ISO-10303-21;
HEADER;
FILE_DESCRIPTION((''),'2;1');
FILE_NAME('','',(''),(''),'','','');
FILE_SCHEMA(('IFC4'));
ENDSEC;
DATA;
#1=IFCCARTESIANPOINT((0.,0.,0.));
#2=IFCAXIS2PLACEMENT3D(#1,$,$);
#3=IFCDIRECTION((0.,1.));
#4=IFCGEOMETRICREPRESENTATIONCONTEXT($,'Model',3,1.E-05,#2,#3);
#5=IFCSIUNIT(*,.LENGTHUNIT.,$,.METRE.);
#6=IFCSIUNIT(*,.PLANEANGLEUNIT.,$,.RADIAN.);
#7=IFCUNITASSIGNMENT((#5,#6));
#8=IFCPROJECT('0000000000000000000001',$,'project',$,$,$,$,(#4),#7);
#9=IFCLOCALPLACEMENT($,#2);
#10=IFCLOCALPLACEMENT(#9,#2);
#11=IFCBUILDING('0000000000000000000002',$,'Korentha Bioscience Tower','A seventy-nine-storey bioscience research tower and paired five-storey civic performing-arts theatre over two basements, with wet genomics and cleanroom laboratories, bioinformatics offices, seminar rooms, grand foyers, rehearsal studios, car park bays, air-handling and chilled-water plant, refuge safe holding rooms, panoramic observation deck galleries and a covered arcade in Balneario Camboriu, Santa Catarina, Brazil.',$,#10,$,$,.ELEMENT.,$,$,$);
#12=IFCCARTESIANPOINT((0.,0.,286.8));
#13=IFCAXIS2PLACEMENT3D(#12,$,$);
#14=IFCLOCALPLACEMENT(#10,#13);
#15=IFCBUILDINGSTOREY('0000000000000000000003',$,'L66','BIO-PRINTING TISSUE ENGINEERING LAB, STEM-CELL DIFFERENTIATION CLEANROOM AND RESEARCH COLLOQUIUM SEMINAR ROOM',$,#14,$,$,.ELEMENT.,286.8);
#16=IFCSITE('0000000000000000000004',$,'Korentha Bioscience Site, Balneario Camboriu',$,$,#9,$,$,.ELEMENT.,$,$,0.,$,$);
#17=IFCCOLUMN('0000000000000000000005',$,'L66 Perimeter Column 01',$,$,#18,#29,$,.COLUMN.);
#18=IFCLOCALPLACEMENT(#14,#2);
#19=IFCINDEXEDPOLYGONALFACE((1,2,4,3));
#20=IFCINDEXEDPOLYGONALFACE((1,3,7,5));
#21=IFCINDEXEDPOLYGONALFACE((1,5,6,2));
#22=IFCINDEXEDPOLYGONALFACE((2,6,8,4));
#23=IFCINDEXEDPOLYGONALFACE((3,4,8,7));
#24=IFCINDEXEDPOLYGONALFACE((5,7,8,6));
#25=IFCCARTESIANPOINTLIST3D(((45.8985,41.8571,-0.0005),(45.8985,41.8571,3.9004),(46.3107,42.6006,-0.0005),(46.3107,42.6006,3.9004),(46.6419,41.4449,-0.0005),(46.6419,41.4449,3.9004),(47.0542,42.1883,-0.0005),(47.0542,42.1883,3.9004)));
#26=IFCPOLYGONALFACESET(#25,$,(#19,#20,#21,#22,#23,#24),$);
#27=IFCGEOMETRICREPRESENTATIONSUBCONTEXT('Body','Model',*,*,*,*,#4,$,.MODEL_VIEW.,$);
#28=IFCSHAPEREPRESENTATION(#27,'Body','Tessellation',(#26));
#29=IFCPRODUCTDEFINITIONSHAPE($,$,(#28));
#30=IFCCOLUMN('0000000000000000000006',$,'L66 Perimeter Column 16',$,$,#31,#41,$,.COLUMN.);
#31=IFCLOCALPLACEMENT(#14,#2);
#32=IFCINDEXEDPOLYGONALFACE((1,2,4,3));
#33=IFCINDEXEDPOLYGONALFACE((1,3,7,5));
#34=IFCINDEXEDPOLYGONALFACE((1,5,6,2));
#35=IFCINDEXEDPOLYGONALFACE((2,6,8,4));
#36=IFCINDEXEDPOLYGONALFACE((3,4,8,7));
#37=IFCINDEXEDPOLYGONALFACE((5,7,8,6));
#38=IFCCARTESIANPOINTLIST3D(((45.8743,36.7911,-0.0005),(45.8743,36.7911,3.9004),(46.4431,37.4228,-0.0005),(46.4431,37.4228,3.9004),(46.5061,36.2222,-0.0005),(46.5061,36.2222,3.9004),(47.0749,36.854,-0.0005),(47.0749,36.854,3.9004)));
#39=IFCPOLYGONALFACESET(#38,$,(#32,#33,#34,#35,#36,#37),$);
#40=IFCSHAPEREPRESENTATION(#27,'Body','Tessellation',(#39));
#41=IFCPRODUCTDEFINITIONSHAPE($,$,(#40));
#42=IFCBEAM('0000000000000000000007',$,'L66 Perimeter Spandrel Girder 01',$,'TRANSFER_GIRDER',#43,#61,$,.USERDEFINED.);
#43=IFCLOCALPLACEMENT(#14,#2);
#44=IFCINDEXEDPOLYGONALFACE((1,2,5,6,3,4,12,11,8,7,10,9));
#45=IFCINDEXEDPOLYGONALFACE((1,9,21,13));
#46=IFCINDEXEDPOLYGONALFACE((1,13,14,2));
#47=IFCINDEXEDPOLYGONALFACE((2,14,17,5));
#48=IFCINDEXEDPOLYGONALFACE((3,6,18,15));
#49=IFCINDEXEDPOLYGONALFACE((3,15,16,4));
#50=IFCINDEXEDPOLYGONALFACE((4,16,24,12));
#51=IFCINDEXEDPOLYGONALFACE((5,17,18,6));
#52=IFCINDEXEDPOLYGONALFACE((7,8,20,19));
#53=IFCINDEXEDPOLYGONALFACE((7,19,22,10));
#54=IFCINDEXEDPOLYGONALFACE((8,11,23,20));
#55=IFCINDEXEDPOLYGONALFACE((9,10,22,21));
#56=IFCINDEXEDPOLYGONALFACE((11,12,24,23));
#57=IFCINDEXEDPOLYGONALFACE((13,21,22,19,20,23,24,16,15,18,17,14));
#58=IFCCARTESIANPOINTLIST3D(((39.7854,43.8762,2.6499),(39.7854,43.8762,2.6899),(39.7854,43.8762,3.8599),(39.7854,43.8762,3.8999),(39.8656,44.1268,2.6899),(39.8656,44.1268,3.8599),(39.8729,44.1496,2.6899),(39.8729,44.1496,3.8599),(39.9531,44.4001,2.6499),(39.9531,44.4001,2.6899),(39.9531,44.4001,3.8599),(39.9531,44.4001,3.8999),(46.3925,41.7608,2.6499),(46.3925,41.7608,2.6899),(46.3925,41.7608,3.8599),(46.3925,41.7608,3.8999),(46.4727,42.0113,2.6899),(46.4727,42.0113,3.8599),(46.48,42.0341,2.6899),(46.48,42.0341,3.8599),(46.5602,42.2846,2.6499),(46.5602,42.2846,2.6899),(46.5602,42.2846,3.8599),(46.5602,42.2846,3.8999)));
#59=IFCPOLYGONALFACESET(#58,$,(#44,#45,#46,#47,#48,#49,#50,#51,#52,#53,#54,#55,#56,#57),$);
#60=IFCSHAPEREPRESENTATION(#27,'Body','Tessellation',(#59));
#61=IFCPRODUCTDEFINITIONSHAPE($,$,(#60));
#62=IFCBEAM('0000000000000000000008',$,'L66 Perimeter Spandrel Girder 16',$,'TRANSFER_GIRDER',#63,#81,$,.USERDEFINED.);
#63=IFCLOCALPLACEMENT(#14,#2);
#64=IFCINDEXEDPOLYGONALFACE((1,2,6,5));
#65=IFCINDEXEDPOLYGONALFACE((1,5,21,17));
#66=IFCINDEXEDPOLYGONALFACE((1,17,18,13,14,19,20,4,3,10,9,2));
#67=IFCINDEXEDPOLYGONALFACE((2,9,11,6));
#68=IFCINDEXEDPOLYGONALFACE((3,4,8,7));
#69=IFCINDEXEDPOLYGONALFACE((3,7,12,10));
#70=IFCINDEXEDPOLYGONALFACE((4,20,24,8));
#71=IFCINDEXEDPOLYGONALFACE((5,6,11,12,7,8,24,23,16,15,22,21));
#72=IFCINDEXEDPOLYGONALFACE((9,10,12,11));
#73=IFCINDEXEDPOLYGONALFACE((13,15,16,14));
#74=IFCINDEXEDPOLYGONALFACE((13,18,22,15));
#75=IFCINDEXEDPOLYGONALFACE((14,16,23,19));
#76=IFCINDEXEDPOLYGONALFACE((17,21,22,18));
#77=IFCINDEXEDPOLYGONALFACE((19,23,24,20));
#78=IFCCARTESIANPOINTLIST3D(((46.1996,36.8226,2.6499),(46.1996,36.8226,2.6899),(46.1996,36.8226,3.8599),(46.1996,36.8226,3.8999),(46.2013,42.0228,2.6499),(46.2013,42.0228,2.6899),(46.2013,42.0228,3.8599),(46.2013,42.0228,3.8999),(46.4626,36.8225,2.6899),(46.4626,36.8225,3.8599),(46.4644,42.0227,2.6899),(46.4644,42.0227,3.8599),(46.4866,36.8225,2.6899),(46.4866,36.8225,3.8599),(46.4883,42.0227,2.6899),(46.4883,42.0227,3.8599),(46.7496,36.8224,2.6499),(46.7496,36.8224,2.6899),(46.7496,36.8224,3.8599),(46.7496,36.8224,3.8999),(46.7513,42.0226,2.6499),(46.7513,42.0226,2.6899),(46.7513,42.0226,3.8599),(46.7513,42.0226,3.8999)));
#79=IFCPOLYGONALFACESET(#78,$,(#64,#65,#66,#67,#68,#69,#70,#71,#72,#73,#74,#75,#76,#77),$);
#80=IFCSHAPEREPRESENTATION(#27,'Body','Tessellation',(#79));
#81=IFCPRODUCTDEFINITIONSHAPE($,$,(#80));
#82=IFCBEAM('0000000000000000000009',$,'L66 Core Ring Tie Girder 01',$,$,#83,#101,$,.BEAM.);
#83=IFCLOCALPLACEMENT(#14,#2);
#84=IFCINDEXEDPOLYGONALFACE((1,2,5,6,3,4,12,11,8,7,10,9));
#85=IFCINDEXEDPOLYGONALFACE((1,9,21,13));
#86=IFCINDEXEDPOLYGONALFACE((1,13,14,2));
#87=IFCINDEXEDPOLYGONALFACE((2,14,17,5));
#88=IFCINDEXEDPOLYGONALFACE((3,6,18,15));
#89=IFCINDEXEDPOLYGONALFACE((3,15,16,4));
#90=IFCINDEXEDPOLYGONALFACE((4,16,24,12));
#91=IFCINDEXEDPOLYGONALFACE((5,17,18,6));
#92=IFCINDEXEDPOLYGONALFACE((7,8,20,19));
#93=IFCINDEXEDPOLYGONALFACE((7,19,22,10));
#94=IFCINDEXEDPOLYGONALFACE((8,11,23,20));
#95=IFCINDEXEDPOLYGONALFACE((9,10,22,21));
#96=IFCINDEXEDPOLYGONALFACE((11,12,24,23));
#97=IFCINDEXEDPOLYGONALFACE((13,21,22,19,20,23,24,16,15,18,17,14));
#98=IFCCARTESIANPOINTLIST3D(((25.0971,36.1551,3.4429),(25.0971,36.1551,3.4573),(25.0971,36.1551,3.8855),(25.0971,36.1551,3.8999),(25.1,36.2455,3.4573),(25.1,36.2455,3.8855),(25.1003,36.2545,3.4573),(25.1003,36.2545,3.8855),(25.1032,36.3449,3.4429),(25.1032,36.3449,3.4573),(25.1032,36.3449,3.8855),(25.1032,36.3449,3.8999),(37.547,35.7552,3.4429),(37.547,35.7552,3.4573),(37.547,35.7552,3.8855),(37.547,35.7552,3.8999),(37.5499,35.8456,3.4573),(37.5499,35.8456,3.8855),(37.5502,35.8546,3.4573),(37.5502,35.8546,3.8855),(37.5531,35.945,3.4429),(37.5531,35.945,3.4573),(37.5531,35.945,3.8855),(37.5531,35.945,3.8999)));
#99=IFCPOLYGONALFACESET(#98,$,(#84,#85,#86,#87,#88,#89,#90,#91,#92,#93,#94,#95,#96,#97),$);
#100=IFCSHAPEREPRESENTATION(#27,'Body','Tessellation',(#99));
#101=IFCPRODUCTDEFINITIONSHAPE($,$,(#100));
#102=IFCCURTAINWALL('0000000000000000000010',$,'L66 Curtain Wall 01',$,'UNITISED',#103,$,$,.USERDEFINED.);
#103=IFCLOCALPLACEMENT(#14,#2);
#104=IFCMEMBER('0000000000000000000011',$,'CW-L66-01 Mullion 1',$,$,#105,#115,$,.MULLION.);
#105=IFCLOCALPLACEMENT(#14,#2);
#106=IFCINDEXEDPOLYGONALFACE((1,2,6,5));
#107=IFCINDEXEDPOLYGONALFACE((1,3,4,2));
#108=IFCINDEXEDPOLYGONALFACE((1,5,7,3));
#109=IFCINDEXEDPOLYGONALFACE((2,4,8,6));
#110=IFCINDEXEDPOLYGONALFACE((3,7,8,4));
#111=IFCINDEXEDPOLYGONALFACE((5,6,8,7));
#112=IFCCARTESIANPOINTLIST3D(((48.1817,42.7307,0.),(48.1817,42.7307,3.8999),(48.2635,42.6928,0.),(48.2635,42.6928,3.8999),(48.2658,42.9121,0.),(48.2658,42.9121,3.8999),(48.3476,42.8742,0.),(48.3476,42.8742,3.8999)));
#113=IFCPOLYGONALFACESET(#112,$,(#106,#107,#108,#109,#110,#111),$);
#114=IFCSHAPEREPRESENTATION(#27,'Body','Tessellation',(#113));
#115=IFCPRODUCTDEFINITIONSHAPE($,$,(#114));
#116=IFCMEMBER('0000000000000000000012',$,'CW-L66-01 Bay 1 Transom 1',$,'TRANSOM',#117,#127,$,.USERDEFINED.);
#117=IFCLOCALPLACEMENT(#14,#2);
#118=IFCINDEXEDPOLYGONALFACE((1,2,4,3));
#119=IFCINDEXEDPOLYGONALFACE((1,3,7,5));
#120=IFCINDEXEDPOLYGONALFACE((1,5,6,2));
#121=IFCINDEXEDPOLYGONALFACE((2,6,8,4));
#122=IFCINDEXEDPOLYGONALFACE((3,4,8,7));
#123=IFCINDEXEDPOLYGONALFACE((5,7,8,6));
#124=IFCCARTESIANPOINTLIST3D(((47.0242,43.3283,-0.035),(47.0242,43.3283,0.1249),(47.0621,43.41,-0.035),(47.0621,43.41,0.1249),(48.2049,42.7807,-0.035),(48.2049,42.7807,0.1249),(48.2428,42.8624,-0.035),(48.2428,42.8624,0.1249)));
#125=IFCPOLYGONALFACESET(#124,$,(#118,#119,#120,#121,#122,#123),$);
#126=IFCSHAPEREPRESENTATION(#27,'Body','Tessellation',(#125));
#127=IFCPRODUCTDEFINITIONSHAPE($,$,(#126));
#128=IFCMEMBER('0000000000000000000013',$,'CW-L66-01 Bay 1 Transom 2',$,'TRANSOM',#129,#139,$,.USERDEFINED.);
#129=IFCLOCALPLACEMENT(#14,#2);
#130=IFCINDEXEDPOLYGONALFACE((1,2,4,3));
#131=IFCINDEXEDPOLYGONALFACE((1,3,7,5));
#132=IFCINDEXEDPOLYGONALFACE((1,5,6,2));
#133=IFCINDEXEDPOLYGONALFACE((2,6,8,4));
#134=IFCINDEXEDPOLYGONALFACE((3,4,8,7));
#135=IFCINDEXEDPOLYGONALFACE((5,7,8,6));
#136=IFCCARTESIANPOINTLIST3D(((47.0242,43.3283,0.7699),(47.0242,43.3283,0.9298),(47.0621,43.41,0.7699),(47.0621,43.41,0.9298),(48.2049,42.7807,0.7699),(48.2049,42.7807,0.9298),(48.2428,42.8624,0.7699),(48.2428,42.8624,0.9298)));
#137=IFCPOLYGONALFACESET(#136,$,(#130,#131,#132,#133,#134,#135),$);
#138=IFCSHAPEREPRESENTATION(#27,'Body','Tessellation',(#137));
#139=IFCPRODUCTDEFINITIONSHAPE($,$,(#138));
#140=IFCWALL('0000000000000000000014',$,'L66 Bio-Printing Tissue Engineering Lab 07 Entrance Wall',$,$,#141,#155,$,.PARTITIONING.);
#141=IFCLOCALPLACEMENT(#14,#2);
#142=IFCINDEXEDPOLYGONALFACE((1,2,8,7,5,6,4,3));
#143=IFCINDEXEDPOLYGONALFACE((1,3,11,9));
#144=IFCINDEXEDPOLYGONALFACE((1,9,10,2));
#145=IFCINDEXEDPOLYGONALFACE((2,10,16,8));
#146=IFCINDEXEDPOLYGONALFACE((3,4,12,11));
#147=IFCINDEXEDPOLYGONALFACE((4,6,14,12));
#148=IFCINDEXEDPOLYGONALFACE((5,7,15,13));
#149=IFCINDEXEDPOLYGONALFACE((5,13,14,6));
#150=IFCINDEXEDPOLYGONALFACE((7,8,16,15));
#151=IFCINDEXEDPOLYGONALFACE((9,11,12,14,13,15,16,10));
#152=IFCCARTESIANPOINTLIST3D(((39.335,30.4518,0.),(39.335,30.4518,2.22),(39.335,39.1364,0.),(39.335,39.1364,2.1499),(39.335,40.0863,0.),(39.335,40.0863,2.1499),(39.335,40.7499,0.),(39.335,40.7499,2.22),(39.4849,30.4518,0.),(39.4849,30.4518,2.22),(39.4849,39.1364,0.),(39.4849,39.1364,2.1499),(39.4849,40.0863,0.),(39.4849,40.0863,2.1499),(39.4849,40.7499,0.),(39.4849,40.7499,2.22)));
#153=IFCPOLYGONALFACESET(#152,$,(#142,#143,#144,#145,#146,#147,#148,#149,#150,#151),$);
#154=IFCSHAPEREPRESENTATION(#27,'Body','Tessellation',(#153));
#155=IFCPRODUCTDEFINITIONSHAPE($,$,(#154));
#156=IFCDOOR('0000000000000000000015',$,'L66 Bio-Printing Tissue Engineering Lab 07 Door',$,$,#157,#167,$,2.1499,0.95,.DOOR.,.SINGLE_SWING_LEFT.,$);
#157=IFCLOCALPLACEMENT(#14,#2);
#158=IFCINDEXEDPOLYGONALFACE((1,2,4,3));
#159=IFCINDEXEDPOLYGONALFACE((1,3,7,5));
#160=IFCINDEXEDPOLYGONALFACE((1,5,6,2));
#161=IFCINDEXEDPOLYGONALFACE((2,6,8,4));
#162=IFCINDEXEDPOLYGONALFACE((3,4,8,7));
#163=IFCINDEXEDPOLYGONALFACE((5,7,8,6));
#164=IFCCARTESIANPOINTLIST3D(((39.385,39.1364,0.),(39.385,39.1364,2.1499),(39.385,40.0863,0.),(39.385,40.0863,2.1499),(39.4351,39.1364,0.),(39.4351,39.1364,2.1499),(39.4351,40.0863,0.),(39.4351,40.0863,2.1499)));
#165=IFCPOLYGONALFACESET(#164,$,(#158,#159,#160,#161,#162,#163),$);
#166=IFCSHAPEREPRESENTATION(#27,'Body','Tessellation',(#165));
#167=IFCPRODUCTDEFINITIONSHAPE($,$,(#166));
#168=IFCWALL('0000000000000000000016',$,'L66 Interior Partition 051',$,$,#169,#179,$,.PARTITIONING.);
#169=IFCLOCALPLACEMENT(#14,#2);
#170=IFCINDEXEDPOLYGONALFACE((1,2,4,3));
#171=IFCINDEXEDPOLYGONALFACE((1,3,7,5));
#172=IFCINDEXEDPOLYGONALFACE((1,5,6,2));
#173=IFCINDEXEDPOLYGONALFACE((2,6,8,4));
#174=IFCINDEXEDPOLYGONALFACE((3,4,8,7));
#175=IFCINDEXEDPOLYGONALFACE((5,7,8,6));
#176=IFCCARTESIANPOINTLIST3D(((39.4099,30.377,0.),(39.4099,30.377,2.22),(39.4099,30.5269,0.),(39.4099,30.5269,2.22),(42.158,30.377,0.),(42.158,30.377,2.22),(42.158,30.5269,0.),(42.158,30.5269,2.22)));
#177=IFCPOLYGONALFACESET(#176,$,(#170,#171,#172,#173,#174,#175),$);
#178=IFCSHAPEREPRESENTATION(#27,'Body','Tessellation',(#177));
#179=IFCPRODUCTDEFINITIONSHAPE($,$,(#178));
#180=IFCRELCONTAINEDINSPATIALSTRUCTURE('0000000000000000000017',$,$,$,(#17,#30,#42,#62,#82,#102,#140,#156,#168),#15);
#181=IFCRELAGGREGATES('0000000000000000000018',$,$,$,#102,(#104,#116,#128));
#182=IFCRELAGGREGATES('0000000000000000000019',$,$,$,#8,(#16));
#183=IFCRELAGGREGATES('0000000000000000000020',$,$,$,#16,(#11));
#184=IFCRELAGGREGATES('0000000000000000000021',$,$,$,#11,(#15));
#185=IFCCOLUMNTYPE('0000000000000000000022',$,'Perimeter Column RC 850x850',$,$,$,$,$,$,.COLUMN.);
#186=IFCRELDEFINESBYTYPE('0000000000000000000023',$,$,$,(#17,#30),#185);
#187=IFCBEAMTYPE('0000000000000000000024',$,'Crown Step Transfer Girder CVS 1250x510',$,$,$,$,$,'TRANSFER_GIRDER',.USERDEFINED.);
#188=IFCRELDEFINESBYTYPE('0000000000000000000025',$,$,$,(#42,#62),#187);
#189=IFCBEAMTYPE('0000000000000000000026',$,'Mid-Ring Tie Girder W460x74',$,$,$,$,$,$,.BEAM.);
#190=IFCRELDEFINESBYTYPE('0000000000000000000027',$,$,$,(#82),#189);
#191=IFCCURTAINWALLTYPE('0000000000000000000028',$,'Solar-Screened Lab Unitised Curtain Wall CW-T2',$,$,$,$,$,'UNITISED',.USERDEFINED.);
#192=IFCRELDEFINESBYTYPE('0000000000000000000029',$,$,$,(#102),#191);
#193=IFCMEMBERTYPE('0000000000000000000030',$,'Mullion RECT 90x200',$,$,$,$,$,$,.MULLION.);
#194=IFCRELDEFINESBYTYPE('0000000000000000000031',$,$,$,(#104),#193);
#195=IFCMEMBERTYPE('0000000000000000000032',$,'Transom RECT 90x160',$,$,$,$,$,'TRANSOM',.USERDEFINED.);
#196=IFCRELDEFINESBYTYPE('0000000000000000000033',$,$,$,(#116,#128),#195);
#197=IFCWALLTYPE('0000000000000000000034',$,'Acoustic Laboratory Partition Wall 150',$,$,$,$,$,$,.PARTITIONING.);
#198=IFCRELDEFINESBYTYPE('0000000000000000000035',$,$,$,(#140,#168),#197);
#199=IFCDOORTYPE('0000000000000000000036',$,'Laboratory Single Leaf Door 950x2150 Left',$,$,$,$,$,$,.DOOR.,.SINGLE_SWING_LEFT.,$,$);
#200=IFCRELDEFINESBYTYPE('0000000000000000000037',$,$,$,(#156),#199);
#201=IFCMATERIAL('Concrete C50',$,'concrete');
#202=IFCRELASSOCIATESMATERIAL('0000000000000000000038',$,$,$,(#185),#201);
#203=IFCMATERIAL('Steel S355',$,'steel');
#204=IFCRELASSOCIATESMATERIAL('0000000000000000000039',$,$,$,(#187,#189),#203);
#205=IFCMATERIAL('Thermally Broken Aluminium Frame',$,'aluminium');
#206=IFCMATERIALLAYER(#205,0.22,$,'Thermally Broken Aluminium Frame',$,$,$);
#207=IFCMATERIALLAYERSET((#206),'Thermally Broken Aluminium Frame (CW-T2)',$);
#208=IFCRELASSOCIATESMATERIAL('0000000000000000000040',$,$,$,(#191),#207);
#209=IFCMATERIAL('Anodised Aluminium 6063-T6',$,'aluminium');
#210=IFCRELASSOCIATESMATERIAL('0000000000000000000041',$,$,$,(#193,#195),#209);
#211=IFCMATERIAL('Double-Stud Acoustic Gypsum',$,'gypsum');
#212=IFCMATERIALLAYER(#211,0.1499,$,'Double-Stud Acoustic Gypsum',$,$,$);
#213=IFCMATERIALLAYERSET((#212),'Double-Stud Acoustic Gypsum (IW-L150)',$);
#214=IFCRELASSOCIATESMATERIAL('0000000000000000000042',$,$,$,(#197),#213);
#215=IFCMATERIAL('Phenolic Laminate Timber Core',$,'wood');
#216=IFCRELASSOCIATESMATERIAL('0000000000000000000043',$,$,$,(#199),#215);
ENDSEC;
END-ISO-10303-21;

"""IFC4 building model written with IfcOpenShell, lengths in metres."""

from ifc_helpers import new_model, si_unit, direction, frame, frame_2d, origin, origin_2d, place, context, subcontext, project, spatial, rectangle, i_section, extrude, material, layer, layer_set, material_profile, profile_set, type_object, element, fill, aggregate, save


model = new_model("IFC4")

# Units and contexts
model_context = context("Model", 3, precision=1e-05, world=origin(), true_north=direction((0.0, 1.0)))
body_context = subcontext(model_context, "Body", "Model", "MODEL_VIEW")
ifc_project = project(units=[si_unit("LENGTHUNIT", "METRE"), si_unit("PLANEANGLEUNIT", "RADIAN")], contexts=[model_context])

# Site, building, storey
site_placement = place(None, origin())
site = spatial("IfcSite", under=ifc_project, at=site_placement, Name="Korentha Bioscience Site, Balneario Camboriu", CompositionType="ELEMENT", RefElevation=0.0)
building_placement = place(site_placement, origin())
building = spatial("IfcBuilding", under=site, at=building_placement, Name="Korentha Bioscience Tower", Description="A seventy-nine-storey bioscience research tower and paired five-storey civic performing-arts theatre over two basements, with wet genomics and cleanroom laboratories, bioinformatics offices, seminar rooms, grand foyers, rehearsal studios, car park bays, air-handling and chilled-water plant, refuge safe holding rooms, panoramic observation deck galleries and a covered arcade in Balneario Camboriu, Santa Catarina, Brazil.", CompositionType="ELEMENT")
storey_placement = place(building_placement, frame((0.0, 0.0, 286.8)))
storey = spatial("IfcBuildingStorey", under=building, at=storey_placement, Name="L66", Description="BIO-PRINTING TISSUE ENGINEERING LAB, STEM-CELL DIFFERENTIATION CLEANROOM AND RESEARCH COLLOQUIUM SEMINAR ROOM", CompositionType="ELEMENT", Elevation=286.8)

# Columns
ifc_material_1 = material(Name="Concrete C50", Category="concrete")
ifc_material_profile_1 = material_profile(ifc_material_1, rectangle(XDim=0.8501, YDim=0.8501, at=origin_2d()), Name="Concrete C50")
ifc_profile_set_1 = profile_set([ifc_material_profile_1], Name="Concrete C50 (COL-P08)")
column_type = type_object("IfcColumnType", Name="Perimeter Column RC 850x850", PredefinedType="COLUMN", material=ifc_profile_set_1)
for number, where, z_axis, x_axis, name in (
    (1, (46.4763, 42.0227, -0.0005), (0.0, 0.0, 1.0), (-0.874535, 0.484962, 0.0), "L66 Perimeter Column 01"),
    (2, (46.4746, 36.8225, -0.0005), (0.0, 0.0, 1.0), (0.669131, 0.743145, 0.0), "L66 Perimeter Column 16"),
):
    element("IfcColumn", number, at=place(storey_placement, frame(where, z_axis=z_axis, x_axis=x_axis)), inside=storey, type_object=column_type, Name=name, PredefinedType="COLUMN", context=body_context, shape_type="SweptSolid", body=[
        extrude(rectangle(XDim=0.8501, YDim=0.8501, at=origin_2d()), origin(), (0.0, 0.0, 1.0), 3.9009),
    ])

# Beams
ifc_material_2 = material(Name="Steel S355", Category="steel")
ifc_material_profile_2 = material_profile(ifc_material_2, i_section(OverallWidth=0.55, OverallDepth=1.25, WebThickness=0.0239, FlangeThickness=0.04, at=origin_2d()), Name="Steel S355")
ifc_profile_set_2 = profile_set([ifc_material_profile_2], Name="Steel S355 (TG-03)")
beam_type_1 = type_object("IfcBeamType", Name="Crown Step Transfer Girder CVS 1250x510", ElementType="TRANSFER_GIRDER", PredefinedType="USERDEFINED", material=ifc_profile_set_2)
beam_1_placement = place(storey_placement, frame((46.4763, 42.0227, 3.2749), z_axis=(-0.952375, 0.30493, 0.0), x_axis=(-0.30493, -0.952375, 0.0)))
element("IfcBeam", 3, at=beam_1_placement, inside=storey, type_object=beam_type_1, Name="L66 Perimeter Spandrel Girder 01", ObjectType="TRANSFER_GIRDER", PredefinedType="USERDEFINED", context=body_context, shape_type="SweptSolid", body=[
    extrude(i_section(OverallWidth=0.55, OverallDepth=1.25, WebThickness=0.0239, FlangeThickness=0.04, at=origin_2d()), origin(), (0.0, 0.0, 1.0), 6.9375),
])
beam_2_placement = place(storey_placement, frame((46.4746, 36.8225, 3.2749), z_axis=(0.000329, 1.0, 0.0), x_axis=(-1.0, 0.000329, 0.0)))
element("IfcBeam", 4, at=beam_2_placement, inside=storey, type_object=beam_type_1, Name="L66 Perimeter Spandrel Girder 16", ObjectType="TRANSFER_GIRDER", PredefinedType="USERDEFINED", context=body_context, shape_type="SweptSolid", body=[
    extrude(i_section(OverallWidth=0.55, OverallDepth=1.25, WebThickness=0.0239, FlangeThickness=0.04, at=origin_2d()), origin(), (0.0, 0.0, 1.0), 5.2002),
])
ifc_material_profile_3 = material_profile(ifc_material_2, i_section(OverallWidth=0.1899, OverallDepth=0.457, WebThickness=0.009, FlangeThickness=0.0144, at=origin_2d()), Name="Steel S355")
ifc_profile_set_3 = profile_set([ifc_material_profile_3], Name="Steel S355 (MB-460)")
beam_type_2 = type_object("IfcBeamType", Name="Mid-Ring Tie Girder W460x74", PredefinedType="BEAM", material=ifc_profile_set_3)
beam_3_placement = place(storey_placement, frame((37.55, 35.8501, 3.6714), z_axis=(-0.999485, 0.032104, 0.0), x_axis=(-0.032104, -0.999485, 0.0)))
element("IfcBeam", 5, at=beam_3_placement, inside=storey, type_object=beam_type_2, Name="L66 Core Ring Tie Girder 01", PredefinedType="BEAM", context=body_context, shape_type="SweptSolid", body=[
    extrude(i_section(OverallWidth=0.1899, OverallDepth=0.457, WebThickness=0.009, FlangeThickness=0.0144, at=origin_2d()), origin(), (0.0, 0.0, 1.0), 12.4563),
])

# Curtain wall, members
ifc_material_3 = material(Name="Thermally Broken Aluminium Frame", Category="aluminium")
ifc_layer_1 = layer(ifc_material_3, 0.22, Name="Thermally Broken Aluminium Frame")
ifc_layer_set_1 = layer_set([ifc_layer_1], Name="Thermally Broken Aluminium Frame (CW-T2)")
curtain_wall_type = type_object("IfcCurtainWallType", Name="Solar-Screened Lab Unitised Curtain Wall CW-T2", ElementType="UNITISED", PredefinedType="USERDEFINED", material=ifc_layer_set_1)
curtain_wall_placement = place(storey_placement, origin())
curtain_wall = element("IfcCurtainWall", 6, at=curtain_wall_placement, inside=storey, type_object=curtain_wall_type, Name="L66 Curtain Wall 01", ObjectType="UNITISED", PredefinedType="USERDEFINED")
ifc_material_4 = material(Name="Anodised Aluminium 6063-T6", Category="aluminium")
ifc_material_profile_4 = material_profile(ifc_material_4, rectangle(XDim=0.0901, YDim=0.2, at=origin_2d()), Name="Anodised Aluminium 6063-T6")
ifc_profile_set_4 = profile_set([ifc_material_profile_4], Name="Anodised Aluminium 6063-T6 (CW-MUL)")
member_type_1 = type_object("IfcMemberType", Name="Mullion RECT 90x200", PredefinedType="MULLION", material=ifc_profile_set_4)
member_1_placement = place(storey_placement, frame((48.2646, 42.8025, 0.0), z_axis=(0.0, 0.0, 1.0), x_axis=(-0.907204, 0.420691, 0.0)))
member_1 = element("IfcMember", 7, at=member_1_placement, type_object=member_type_1, Name="CW-L66-01 Mullion 1", PredefinedType="MULLION", context=body_context, shape_type="SweptSolid", body=[
    extrude(rectangle(XDim=0.0901, YDim=0.2, at=origin_2d()), origin(), (0.0, 0.0, 1.0), 3.8999),
])
ifc_material_profile_5 = material_profile(ifc_material_4, rectangle(XDim=0.0901, YDim=0.1599, at=origin_2d()), Name="Anodised Aluminium 6063-T6")
ifc_profile_set_5 = profile_set([ifc_material_profile_5], Name="Anodised Aluminium 6063-T6 (CW-TRN)")
member_type_2 = type_object("IfcMemberType", Name="Transom RECT 90x160", ElementType="TRANSOM", PredefinedType="USERDEFINED", material=ifc_profile_set_5)
member_2_placement = place(storey_placement, frame((48.2239, 42.8215, 0.0449), z_axis=(-0.907173, 0.420759, 0.0), x_axis=(-0.420759, -0.907173, 0.0)))
member_2 = element("IfcMember", 8, at=member_2_placement, type_object=member_type_2, Name="CW-L66-01 Bay 1 Transom 1", ObjectType="TRANSOM", PredefinedType="USERDEFINED", context=body_context, shape_type="SweptSolid", body=[
    extrude(rectangle(XDim=0.0901, YDim=0.1599, at=origin_2d()), origin(), (0.0, 0.0, 1.0), 1.3015),
])
member_3_placement = place(storey_placement, frame((48.2239, 42.8215, 0.8499), z_axis=(-0.907173, 0.420759, 0.0), x_axis=(-0.420759, -0.907173, 0.0)))
member_3 = element("IfcMember", 9, at=member_3_placement, type_object=member_type_2, Name="CW-L66-01 Bay 1 Transom 2", ObjectType="TRANSOM", PredefinedType="USERDEFINED", context=body_context, shape_type="SweptSolid", body=[
    extrude(rectangle(XDim=0.0901, YDim=0.1599, at=origin_2d()), origin(), (0.0, 0.0, 1.0), 1.3015),
])
aggregate(curtain_wall, [member_1, member_2, member_3])

# Wall, opening, door
ifc_material_5 = material(Name="Double-Stud Acoustic Gypsum", Category="gypsum")
ifc_layer_2 = layer(ifc_material_5, 0.1499, Name="Double-Stud Acoustic Gypsum")
ifc_layer_set_2 = layer_set([ifc_layer_2], Name="Double-Stud Acoustic Gypsum (IW-L150)")
wall_type_1 = type_object("IfcWallType", Name="Acoustic Laboratory Partition Wall 150", PredefinedType="PARTITIONING", material=ifc_layer_set_2)
wall_1_placement = place(storey_placement, frame((39.4099, 30.4519, 0.0), z_axis=(0.0, 0.0, 1.0), x_axis=(0.0, 1.0, 0.0)))
wall_1 = element("IfcWall", 10, at=wall_1_placement, inside=storey, type_object=wall_type_1, Name="L66 Bio-Printing Tissue Engineering Lab 07 Entrance Wall", PredefinedType="PARTITIONING", context=body_context, shape_type="SweptSolid", body=[
    extrude(rectangle(XDim=10.2981, YDim=0.1499, at=frame_2d((5.1489, 0.0))), origin(), (0.0, 0.0, 1.0), 2.22),
])
opening_placement = place(wall_1_placement, frame((8.6843, 0.0, 0.0)))
opening = element("IfcOpeningElement", 11, at=opening_placement, cuts=wall_1, PredefinedType="OPENING", context=body_context, shape_type="SweptSolid", body=[
    extrude(rectangle(XDim=0.95, YDim=2.1499, at=frame_2d((0.4751, 1.075))), frame((0.0, 0.0898, 0.0), z_axis=(0.0, -1.0, 0.0), x_axis=(1.0, 0.0, 0.0)), (0.0, 0.0, 1.0), 0.1797),
])
ifc_material_6 = material(Name="Phenolic Laminate Timber Core", Category="wood")
door_type = type_object("IfcDoorType", Name="Laboratory Single Leaf Door 950x2150 Left", OperationType="SINGLE_SWING_LEFT", PredefinedType="DOOR", material=ifc_material_6)
door_placement = place(opening_placement, origin())
door = element("IfcDoor", 12, at=door_placement, inside=storey, type_object=door_type, Name="L66 Bio-Printing Tissue Engineering Lab 07 Door", OperationType="SINGLE_SWING_LEFT", OverallHeight=2.1499, OverallWidth=0.95, PredefinedType="DOOR", context=body_context, shape_type="SweptSolid", body=[
    extrude(rectangle(XDim=0.95, YDim=2.1499, at=frame_2d((0.4751, 1.075))), frame((0.0, 0.0249, 0.0), z_axis=(0.0, -1.0, 0.0), x_axis=(1.0, 0.0, 0.0)), (0.0, 0.0, 1.0), 0.05),
])
fill(opening, door)

# Wall
wall_2_placement = place(storey_placement, frame((42.158, 30.4519, 0.0), z_axis=(0.0, 0.0, 1.0), x_axis=(-1.0, 0.0, 0.0)))
element("IfcWall", 13, at=wall_2_placement, inside=storey, type_object=wall_type_1, Name="L66 Interior Partition 051", PredefinedType="PARTITIONING", context=body_context, shape_type="SweptSolid", body=[
    extrude(rectangle(XDim=2.748, YDim=0.1499, at=frame_2d((1.374, 0.0))), origin(), (0.0, 0.0, 1.0), 2.22),
])

save(model, "model.ifc")
